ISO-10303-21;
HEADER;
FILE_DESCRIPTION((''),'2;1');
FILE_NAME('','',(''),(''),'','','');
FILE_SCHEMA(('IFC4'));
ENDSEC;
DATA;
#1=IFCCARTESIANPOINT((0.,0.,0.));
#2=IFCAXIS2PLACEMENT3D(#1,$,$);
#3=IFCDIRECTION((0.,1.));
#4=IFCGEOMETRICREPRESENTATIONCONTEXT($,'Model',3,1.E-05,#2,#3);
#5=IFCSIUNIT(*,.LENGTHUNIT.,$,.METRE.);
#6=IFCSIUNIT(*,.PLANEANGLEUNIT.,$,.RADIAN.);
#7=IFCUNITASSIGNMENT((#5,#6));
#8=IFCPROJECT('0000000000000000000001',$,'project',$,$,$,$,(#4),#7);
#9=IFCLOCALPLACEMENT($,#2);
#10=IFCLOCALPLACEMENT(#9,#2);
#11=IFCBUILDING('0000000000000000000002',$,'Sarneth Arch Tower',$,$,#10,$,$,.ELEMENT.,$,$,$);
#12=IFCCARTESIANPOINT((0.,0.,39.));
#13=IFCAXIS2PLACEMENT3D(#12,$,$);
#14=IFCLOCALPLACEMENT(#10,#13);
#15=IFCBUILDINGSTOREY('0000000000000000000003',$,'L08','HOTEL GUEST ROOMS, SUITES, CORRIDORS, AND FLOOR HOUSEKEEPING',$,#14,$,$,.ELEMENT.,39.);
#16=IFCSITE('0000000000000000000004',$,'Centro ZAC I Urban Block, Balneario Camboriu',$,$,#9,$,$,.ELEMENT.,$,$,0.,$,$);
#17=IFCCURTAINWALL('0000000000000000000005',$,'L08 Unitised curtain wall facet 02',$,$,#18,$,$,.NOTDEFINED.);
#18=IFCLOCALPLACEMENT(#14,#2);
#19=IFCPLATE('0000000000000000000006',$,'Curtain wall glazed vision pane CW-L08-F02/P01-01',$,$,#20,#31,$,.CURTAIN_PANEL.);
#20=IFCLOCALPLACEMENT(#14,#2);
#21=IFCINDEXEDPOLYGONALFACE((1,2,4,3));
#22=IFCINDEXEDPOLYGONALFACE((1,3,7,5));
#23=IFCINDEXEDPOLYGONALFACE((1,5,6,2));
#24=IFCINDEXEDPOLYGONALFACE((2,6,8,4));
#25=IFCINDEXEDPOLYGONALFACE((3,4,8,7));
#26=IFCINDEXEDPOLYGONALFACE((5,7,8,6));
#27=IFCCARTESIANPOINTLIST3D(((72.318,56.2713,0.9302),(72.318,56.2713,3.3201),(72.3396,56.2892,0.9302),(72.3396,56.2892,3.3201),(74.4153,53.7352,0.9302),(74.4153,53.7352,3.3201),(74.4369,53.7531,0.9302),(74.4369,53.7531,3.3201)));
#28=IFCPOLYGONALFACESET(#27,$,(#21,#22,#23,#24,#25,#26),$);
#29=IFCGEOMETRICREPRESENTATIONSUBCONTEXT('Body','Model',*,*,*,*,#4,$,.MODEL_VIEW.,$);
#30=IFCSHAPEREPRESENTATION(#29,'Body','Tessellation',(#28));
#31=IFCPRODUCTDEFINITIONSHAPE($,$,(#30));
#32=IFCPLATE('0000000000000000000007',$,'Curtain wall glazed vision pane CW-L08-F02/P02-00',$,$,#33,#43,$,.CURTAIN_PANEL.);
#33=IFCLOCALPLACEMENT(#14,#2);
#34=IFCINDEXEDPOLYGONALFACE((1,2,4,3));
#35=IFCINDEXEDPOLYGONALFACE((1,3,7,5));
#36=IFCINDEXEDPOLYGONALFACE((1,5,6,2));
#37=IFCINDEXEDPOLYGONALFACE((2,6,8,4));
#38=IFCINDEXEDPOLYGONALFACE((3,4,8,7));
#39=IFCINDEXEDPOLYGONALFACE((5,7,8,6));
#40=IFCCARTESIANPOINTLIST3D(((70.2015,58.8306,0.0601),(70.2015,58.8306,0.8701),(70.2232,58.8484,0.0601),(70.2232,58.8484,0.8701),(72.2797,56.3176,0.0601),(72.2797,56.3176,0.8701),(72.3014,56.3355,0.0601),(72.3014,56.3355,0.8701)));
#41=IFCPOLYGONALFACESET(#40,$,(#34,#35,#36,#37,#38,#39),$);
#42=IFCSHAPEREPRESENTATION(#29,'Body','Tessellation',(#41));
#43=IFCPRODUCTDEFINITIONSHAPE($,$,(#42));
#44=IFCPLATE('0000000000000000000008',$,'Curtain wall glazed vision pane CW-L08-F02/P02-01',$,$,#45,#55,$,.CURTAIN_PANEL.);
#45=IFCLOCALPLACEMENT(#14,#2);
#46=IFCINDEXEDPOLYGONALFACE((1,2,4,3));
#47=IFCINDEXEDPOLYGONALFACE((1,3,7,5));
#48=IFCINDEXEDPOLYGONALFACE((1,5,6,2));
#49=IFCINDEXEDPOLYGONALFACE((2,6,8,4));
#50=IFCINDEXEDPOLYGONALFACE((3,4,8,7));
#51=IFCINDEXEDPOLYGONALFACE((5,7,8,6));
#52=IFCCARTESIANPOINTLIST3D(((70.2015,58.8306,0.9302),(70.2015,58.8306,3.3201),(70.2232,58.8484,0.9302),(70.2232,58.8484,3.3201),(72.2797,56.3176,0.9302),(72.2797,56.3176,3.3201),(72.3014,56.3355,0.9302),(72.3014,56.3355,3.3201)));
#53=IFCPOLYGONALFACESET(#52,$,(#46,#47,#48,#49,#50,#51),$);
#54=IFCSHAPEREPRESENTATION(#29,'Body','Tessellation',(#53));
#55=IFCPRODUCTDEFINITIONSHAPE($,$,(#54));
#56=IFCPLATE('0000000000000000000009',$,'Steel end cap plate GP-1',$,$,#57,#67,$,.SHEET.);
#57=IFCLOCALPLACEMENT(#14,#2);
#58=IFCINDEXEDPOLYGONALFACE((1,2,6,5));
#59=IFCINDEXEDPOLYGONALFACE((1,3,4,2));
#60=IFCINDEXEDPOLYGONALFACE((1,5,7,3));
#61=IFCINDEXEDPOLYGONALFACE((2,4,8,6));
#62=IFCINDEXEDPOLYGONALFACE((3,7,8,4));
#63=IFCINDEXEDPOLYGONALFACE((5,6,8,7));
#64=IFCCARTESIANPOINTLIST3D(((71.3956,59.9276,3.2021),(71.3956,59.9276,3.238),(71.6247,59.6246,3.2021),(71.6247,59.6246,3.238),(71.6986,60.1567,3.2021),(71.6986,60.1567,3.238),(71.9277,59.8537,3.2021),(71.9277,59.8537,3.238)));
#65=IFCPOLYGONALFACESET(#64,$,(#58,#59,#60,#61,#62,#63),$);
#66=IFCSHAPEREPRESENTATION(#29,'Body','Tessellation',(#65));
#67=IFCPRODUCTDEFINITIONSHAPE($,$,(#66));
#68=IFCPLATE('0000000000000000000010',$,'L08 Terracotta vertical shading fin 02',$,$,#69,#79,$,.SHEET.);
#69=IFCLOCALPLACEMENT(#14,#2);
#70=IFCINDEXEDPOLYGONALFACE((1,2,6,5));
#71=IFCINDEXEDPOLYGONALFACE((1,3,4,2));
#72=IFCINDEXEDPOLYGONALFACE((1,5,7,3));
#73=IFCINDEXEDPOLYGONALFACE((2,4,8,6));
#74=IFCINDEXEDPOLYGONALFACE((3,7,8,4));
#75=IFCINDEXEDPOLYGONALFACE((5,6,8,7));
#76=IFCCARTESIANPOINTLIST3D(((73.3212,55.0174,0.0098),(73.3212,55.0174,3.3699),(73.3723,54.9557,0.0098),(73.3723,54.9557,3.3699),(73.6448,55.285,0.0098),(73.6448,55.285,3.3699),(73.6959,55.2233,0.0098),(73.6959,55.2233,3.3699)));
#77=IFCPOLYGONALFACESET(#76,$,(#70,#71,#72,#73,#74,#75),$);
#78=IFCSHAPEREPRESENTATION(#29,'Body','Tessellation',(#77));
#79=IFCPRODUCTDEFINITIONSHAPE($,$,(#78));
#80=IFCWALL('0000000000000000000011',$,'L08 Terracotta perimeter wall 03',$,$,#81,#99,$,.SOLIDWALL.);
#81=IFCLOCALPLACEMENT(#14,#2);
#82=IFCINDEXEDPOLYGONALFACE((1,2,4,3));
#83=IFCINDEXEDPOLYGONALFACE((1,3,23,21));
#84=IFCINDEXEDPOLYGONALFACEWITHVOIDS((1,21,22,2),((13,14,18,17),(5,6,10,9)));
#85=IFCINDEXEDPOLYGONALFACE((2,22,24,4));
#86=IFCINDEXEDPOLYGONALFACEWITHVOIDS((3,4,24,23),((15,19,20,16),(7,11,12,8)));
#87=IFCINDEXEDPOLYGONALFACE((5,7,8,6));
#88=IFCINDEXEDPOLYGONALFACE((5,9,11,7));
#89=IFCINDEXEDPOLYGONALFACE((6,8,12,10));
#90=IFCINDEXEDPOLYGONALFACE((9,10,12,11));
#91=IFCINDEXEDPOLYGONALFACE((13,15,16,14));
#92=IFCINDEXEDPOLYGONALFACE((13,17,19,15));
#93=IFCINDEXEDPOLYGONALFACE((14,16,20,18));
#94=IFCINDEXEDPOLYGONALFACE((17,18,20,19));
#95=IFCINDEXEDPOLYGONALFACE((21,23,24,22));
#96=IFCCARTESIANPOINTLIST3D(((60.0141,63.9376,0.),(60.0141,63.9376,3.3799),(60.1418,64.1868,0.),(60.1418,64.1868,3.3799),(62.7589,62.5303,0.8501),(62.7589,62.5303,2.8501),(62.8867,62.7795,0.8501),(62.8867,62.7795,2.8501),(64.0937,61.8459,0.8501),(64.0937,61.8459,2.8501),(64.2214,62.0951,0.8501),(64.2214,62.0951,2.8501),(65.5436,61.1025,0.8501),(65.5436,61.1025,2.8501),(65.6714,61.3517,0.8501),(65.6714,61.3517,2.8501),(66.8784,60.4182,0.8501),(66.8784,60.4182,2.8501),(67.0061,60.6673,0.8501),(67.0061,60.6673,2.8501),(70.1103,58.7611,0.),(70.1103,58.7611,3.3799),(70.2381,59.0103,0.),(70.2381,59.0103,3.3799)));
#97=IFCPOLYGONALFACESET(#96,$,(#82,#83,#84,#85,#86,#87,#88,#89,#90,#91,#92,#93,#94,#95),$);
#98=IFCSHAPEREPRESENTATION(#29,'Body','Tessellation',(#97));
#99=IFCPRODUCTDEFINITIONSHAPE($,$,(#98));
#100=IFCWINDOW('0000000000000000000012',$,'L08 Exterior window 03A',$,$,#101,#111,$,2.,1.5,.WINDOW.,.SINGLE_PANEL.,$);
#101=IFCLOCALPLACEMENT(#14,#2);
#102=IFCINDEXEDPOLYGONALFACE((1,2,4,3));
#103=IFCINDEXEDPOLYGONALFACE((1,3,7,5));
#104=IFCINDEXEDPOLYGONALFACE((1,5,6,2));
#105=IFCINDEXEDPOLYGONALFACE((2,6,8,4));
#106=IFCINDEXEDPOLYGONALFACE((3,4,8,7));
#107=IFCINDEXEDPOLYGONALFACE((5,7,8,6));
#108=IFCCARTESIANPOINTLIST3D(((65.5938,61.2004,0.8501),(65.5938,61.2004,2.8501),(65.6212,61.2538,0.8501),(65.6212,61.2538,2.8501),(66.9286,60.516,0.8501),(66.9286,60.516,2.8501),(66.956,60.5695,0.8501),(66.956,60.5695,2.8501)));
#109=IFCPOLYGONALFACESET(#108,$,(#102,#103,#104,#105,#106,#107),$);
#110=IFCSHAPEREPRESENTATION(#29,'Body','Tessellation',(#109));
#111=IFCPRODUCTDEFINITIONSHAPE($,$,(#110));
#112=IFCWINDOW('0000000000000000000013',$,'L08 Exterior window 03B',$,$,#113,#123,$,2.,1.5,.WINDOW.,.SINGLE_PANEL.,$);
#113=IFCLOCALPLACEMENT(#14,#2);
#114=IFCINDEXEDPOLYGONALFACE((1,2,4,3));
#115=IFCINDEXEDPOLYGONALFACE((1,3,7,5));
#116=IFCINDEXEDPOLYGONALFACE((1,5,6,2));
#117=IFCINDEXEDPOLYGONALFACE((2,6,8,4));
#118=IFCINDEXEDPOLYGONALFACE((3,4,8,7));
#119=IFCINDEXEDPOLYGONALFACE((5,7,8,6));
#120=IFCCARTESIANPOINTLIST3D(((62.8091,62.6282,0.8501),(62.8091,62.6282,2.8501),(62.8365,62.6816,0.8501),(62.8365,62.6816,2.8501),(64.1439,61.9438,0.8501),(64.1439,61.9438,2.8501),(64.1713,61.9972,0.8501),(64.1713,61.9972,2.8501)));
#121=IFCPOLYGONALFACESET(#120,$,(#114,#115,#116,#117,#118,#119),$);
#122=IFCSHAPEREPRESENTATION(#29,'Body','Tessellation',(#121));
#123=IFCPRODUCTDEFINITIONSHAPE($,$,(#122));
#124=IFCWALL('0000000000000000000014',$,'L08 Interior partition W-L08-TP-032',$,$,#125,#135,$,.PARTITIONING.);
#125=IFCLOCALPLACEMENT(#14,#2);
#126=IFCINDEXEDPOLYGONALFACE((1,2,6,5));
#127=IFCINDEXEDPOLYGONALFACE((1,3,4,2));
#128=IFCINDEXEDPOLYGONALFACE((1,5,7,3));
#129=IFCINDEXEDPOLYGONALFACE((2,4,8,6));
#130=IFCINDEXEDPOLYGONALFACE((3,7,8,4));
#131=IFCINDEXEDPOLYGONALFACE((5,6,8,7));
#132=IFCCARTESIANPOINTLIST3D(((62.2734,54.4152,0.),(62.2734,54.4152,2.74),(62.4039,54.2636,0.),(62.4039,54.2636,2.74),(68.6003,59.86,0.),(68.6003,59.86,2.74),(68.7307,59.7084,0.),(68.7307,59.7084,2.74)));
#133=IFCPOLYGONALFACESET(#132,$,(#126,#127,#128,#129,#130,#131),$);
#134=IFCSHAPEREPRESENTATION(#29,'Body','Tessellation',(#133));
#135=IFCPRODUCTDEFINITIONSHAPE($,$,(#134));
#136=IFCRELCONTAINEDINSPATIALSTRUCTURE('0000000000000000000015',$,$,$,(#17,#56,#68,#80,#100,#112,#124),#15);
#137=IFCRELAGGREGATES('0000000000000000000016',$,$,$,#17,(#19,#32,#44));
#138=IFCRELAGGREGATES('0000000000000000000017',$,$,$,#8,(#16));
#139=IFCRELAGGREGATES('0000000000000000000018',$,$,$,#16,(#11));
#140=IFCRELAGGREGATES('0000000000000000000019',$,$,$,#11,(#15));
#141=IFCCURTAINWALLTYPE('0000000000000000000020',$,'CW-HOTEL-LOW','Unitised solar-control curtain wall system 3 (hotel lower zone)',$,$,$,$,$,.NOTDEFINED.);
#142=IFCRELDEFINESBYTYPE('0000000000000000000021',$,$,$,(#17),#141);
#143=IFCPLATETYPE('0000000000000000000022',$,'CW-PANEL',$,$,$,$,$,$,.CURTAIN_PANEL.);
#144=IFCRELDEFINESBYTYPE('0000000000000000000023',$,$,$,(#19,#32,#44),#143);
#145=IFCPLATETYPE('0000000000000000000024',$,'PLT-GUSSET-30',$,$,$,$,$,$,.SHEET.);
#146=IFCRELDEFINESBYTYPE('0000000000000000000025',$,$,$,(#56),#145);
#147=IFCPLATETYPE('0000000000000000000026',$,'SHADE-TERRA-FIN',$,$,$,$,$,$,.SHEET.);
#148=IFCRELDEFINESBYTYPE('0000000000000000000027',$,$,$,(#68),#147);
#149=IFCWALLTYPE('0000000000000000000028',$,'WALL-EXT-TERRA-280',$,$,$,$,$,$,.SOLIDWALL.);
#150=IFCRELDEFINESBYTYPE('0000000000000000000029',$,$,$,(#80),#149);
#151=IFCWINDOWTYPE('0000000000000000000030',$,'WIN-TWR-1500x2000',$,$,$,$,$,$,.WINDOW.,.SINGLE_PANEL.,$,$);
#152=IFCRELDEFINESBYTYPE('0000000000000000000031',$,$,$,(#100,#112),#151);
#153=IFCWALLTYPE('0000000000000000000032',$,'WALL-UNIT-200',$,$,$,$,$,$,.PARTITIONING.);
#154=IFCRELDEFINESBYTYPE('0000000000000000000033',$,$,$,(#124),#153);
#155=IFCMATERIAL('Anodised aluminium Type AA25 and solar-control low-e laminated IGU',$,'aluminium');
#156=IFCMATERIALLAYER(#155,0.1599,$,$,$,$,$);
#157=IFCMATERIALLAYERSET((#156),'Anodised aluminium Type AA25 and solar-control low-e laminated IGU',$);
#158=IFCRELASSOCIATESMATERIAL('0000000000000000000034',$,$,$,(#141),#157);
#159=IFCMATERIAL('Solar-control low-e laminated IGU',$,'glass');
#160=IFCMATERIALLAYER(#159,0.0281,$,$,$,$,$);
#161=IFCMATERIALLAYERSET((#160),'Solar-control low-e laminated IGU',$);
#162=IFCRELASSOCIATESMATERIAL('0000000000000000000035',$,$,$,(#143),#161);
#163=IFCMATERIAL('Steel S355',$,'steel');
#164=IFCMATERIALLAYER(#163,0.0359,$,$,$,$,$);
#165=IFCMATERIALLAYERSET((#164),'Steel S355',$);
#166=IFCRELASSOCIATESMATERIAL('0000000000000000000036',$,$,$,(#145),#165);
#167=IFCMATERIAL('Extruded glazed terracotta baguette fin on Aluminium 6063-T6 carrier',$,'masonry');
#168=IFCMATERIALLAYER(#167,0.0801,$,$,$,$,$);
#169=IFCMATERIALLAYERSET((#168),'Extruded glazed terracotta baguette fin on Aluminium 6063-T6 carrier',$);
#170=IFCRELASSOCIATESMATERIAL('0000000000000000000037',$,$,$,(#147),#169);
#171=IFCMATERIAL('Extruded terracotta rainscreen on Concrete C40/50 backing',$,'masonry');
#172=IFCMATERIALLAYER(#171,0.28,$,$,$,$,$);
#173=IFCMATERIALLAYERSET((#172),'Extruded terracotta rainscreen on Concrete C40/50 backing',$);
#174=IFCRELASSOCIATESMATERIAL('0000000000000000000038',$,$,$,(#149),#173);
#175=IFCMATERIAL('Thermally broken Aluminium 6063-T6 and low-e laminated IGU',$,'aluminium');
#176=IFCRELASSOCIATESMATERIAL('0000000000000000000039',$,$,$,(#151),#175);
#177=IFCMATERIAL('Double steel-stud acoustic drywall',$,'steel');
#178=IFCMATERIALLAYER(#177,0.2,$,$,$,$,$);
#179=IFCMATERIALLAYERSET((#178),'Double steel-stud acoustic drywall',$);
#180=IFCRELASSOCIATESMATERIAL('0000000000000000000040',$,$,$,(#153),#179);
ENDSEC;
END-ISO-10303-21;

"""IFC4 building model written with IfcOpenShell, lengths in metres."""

from ifc_helpers import new_model, si_unit, direction, frame, frame_2d, origin, origin_2d, place, context, subcontext, project, spatial, rectangle, extrude, material, layer, layer_set, type_object, element, fill, aggregate, save


model = new_model("IFC4")

# Units and contexts
model_context = context("Model", 3, precision=1e-05, world=origin(), true_north=direction((0.0, 1.0)))
body_context = subcontext(model_context, "Body", "Model", "MODEL_VIEW")
ifc_project = project(units=[si_unit("LENGTHUNIT", "METRE"), si_unit("PLANEANGLEUNIT", "RADIAN")], contexts=[model_context])

# Site, building, storey
site_placement = place(None, origin())
site = spatial("IfcSite", under=ifc_project, at=site_placement, Name="Centro ZAC I Urban Block, Balneario Camboriu", CompositionType="ELEMENT", RefElevation=0.0)
building_placement = place(site_placement, origin())
building = spatial("IfcBuilding", under=site, at=building_placement, Name="Sarneth Arch Tower", CompositionType="ELEMENT")
storey_placement = place(building_placement, frame((0.0, 0.0, 39.0)))
storey = spatial("IfcBuildingStorey", under=building, at=storey_placement, Name="L08", Description="HOTEL GUEST ROOMS, SUITES, CORRIDORS, AND FLOOR HOUSEKEEPING", CompositionType="ELEMENT", Elevation=39.0)

# Curtain wall
ifc_material_1 = material(Name="Anodised aluminium Type AA25 and solar-control low-e laminated IGU", Category="aluminium")
ifc_layer_1 = layer(ifc_material_1, 0.1599)
ifc_layer_set_1 = layer_set([ifc_layer_1], Name="Anodised aluminium Type AA25 and solar-control low-e laminated IGU")
curtain_wall_type = type_object("IfcCurtainWallType", Name="CW-HOTEL-LOW", Description="Unitised solar-control curtain wall system 3 (hotel lower zone)", PredefinedType="NOTDEFINED", material=ifc_layer_set_1)
curtain_wall_placement = place(storey_placement, origin())
curtain_wall = element("IfcCurtainWall", 1, at=curtain_wall_placement, inside=storey, type_object=curtain_wall_type, Name="L08 Unitised curtain wall facet 02", PredefinedType="NOTDEFINED")

# Plates
ifc_material_2 = material(Name="Solar-control low-e laminated IGU", Category="glass")
ifc_layer_2 = layer(ifc_material_2, 0.0281)
ifc_layer_set_2 = layer_set([ifc_layer_2], Name="Solar-control low-e laminated IGU")
plate_type_1 = type_object("IfcPlateType", Name="CW-PANEL", PredefinedType="CURTAIN_PANEL", material=ifc_layer_set_2)
plate_1_placement = place(storey_placement, frame((73.3774, 55.0122, 0.9302), z_axis=(0.0, 0.0, 1.0), x_axis=(-0.637291, 0.770623, 0.0)))
plate_1 = element("IfcPlate", 2, at=plate_1_placement, type_object=plate_type_1, Name="Curtain wall glazed vision pane CW-L08-F02/P01-01", PredefinedType="CURTAIN_PANEL", context=body_context, shape_type="SweptSolid", body=[
    extrude(rectangle(XDim=3.291, YDim=0.0281, at=origin_2d()), origin(), (0.0, 0.0, 1.0), 2.3899),
])
plate_2_placement = place(storey_placement, frame((71.2515, 57.583, 0.0601), z_axis=(0.0, 0.0, 1.0), x_axis=(-0.637291, 0.770623, 0.0)))
plate_2 = element("IfcPlate", 3, at=plate_2_placement, type_object=plate_type_1, Name="Curtain wall glazed vision pane CW-L08-F02/P02-00", PredefinedType="CURTAIN_PANEL", context=body_context, shape_type="SweptSolid", body=[
    extrude(rectangle(XDim=3.261, YDim=0.0281, at=origin_2d()), origin(), (0.0, 0.0, 1.0), 0.8101),
])
plate_3_placement = place(storey_placement, frame((71.2515, 57.583, 0.9302), z_axis=(0.0, 0.0, 1.0), x_axis=(-0.637291, 0.770623, 0.0)))
plate_3 = element("IfcPlate", 4, at=plate_3_placement, type_object=plate_type_1, Name="Curtain wall glazed vision pane CW-L08-F02/P02-01", PredefinedType="CURTAIN_PANEL", context=body_context, shape_type="SweptSolid", body=[
    extrude(rectangle(XDim=3.261, YDim=0.0281, at=origin_2d()), origin(), (0.0, 0.0, 1.0), 2.3899),
])
aggregate(curtain_wall, [plate_1, plate_2, plate_3])

# Plates
ifc_material_3 = material(Name="Steel S355", Category="steel")
ifc_layer_3 = layer(ifc_material_3, 0.0359)
ifc_layer_set_3 = layer_set([ifc_layer_3], Name="Steel S355")
plate_type_2 = type_object("IfcPlateType", Name="PLT-GUSSET-30", PredefinedType="SHEET", material=ifc_layer_set_3)
plate_4_placement = place(storey_placement, frame((71.6616, 59.8906, 3.2021), z_axis=(0.0, 0.0, 1.0), x_axis=(0.797689, 0.603069, 0.0)))
element("IfcPlate", 5, at=plate_4_placement, inside=storey, type_object=plate_type_2, Name="Steel end cap plate GP-1", PredefinedType="SHEET", context=body_context, shape_type="SweptSolid", body=[
    extrude(rectangle(XDim=0.3799, YDim=0.3799, at=origin_2d()), origin(), (0.0, 0.0, 1.0), 0.0359),
])
ifc_material_4 = material(Name="Extruded glazed terracotta baguette fin on Aluminium 6063-T6 carrier", Category="masonry")
ifc_layer_4 = layer(ifc_material_4, 0.0801)
ifc_layer_set_4 = layer_set([ifc_layer_4], Name="Extruded glazed terracotta baguette fin on Aluminium 6063-T6 carrier")
plate_type_3 = type_object("IfcPlateType", Name="SHADE-TERRA-FIN", PredefinedType="SHEET", material=ifc_layer_set_4)
plate_5_placement = place(storey_placement, frame((73.5085, 55.1204, 0.0098), z_axis=(0.0, 0.0, 1.0), x_axis=(0.770624, 0.63729, 0.0)))
element("IfcPlate", 6, at=plate_5_placement, inside=storey, type_object=plate_type_3, Name="L08 Terracotta vertical shading fin 02", PredefinedType="SHEET", context=body_context, shape_type="SweptSolid", body=[
    extrude(rectangle(XDim=0.4199, YDim=0.0801, at=origin_2d()), origin(), (0.0, 0.0, 1.0), 3.3601),
])

# Wall, openings, windows
ifc_material_5 = material(Name="Extruded terracotta rainscreen on Concrete C40/50 backing", Category="masonry")
ifc_layer_5 = layer(ifc_material_5, 0.28)
ifc_layer_set_5 = layer_set([ifc_layer_5], Name="Extruded terracotta rainscreen on Concrete C40/50 backing")
wall_type_1 = type_object("IfcWallType", Name="WALL-EXT-TERRA-280", PredefinedType="SOLIDWALL", material=ifc_layer_set_5)
wall_1_placement = place(storey_placement, frame((70.1741, 58.8857, 0.0), z_axis=(0.0, 0.0, 1.0), x_axis=(-0.889854, 0.456245, 0.0)))
wall_1 = element("IfcWall", 7, at=wall_1_placement, inside=storey, type_object=wall_type_1, Name="L08 Terracotta perimeter wall 03", PredefinedType="SOLIDWALL", context=body_context, shape_type="SweptSolid", body=[
    extrude(rectangle(XDim=11.3459, YDim=0.28, at=frame_2d((5.6729, 0.0))), origin(), (0.0, 0.0, 1.0), 3.3799),
])
opening_1_placement = place(wall_1_placement, frame((3.6318, 0.0, 0.8501)))
opening_1 = element("IfcOpeningElement", 8, at=opening_1_placement, cuts=wall_1, PredefinedType="OPENING", context=body_context, shape_type="SweptSolid", body=[
    extrude(rectangle(XDim=1.5, YDim=2.0, at=frame_2d((0.75, 1.0))), frame((0.0, 0.1499, 0.0), z_axis=(0.0, -1.0, 0.0), x_axis=(1.0, 0.0, 0.0)), (0.0, 0.0, 1.0), 0.3),
])
opening_2_placement = place(wall_1_placement, frame((6.7612, 0.0, 0.8501)))
opening_2 = element("IfcOpeningElement", 9, at=opening_2_placement, cuts=wall_1, PredefinedType="OPENING", context=body_context, shape_type="SweptSolid", body=[
    extrude(rectangle(XDim=1.5, YDim=2.0, at=frame_2d((0.75, 1.0))), frame((0.0, 0.1499, 0.0), z_axis=(0.0, -1.0, 0.0), x_axis=(1.0, 0.0, 0.0)), (0.0, 0.0, 1.0), 0.3),
])
ifc_material_6 = material(Name="Thermally broken Aluminium 6063-T6 and low-e laminated IGU", Category="aluminium")
window_type = type_object("IfcWindowType", Name="WIN-TWR-1500x2000", PartitioningType="SINGLE_PANEL", PredefinedType="WINDOW", material=ifc_material_6)
window_1_placement = place(opening_1_placement, origin())
window_1 = element("IfcWindow", 10, at=window_1_placement, inside=storey, type_object=window_type, Name="L08 Exterior window 03A", OverallHeight=2.0, OverallWidth=1.5, PartitioningType="SINGLE_PANEL", PredefinedType="WINDOW", context=body_context, shape_type="SweptSolid", body=[
    extrude(rectangle(XDim=1.5, YDim=2.0, at=frame_2d((0.75, 1.0))), frame((0.0, 0.03, 0.0), z_axis=(0.0, -1.0, 0.0), x_axis=(1.0, 0.0, 0.0)), (0.0, 0.0, 1.0), 0.0601),
])
fill(opening_1, window_1)
window_2_placement = place(opening_2_placement, origin())
window_2 = element("IfcWindow", 11, at=window_2_placement, inside=storey, type_object=window_type, Name="L08 Exterior window 03B", OverallHeight=2.0, OverallWidth=1.5, PartitioningType="SINGLE_PANEL", PredefinedType="WINDOW", context=body_context, shape_type="SweptSolid", body=[
    extrude(rectangle(XDim=1.5, YDim=2.0, at=frame_2d((0.75, 1.0))), frame((0.0, 0.03, 0.0), z_axis=(0.0, -1.0, 0.0), x_axis=(1.0, 0.0, 0.0)), (0.0, 0.0, 1.0), 0.0601),
])
fill(opening_2, window_2)

# Wall
ifc_material_7 = material(Name="Double steel-stud acoustic drywall", Category="steel")
ifc_layer_6 = layer(ifc_material_7, 0.2)
ifc_layer_set_6 = layer_set([ifc_layer_6], Name="Double steel-stud acoustic drywall")
wall_type_2 = type_object("IfcWallType", Name="WALL-UNIT-200", PredefinedType="PARTITIONING", material=ifc_layer_set_6)
wall_2_placement = place(storey_placement, frame((68.6655, 59.7842, 0.0), z_axis=(0.0, 0.0, 1.0), x_axis=(-0.757967, -0.652293, 0.0)))
element("IfcWall", 12, at=wall_2_placement, inside=storey, type_object=wall_type_2, Name="L08 Interior partition W-L08-TP-032", PredefinedType="PARTITIONING", context=body_context, shape_type="SweptSolid", body=[
    extrude(rectangle(XDim=8.3472, YDim=0.2, at=frame_2d((4.1736, 0.0))), origin(), (0.0, 0.0, 1.0), 2.74),
])

save(model, "model.ifc")
